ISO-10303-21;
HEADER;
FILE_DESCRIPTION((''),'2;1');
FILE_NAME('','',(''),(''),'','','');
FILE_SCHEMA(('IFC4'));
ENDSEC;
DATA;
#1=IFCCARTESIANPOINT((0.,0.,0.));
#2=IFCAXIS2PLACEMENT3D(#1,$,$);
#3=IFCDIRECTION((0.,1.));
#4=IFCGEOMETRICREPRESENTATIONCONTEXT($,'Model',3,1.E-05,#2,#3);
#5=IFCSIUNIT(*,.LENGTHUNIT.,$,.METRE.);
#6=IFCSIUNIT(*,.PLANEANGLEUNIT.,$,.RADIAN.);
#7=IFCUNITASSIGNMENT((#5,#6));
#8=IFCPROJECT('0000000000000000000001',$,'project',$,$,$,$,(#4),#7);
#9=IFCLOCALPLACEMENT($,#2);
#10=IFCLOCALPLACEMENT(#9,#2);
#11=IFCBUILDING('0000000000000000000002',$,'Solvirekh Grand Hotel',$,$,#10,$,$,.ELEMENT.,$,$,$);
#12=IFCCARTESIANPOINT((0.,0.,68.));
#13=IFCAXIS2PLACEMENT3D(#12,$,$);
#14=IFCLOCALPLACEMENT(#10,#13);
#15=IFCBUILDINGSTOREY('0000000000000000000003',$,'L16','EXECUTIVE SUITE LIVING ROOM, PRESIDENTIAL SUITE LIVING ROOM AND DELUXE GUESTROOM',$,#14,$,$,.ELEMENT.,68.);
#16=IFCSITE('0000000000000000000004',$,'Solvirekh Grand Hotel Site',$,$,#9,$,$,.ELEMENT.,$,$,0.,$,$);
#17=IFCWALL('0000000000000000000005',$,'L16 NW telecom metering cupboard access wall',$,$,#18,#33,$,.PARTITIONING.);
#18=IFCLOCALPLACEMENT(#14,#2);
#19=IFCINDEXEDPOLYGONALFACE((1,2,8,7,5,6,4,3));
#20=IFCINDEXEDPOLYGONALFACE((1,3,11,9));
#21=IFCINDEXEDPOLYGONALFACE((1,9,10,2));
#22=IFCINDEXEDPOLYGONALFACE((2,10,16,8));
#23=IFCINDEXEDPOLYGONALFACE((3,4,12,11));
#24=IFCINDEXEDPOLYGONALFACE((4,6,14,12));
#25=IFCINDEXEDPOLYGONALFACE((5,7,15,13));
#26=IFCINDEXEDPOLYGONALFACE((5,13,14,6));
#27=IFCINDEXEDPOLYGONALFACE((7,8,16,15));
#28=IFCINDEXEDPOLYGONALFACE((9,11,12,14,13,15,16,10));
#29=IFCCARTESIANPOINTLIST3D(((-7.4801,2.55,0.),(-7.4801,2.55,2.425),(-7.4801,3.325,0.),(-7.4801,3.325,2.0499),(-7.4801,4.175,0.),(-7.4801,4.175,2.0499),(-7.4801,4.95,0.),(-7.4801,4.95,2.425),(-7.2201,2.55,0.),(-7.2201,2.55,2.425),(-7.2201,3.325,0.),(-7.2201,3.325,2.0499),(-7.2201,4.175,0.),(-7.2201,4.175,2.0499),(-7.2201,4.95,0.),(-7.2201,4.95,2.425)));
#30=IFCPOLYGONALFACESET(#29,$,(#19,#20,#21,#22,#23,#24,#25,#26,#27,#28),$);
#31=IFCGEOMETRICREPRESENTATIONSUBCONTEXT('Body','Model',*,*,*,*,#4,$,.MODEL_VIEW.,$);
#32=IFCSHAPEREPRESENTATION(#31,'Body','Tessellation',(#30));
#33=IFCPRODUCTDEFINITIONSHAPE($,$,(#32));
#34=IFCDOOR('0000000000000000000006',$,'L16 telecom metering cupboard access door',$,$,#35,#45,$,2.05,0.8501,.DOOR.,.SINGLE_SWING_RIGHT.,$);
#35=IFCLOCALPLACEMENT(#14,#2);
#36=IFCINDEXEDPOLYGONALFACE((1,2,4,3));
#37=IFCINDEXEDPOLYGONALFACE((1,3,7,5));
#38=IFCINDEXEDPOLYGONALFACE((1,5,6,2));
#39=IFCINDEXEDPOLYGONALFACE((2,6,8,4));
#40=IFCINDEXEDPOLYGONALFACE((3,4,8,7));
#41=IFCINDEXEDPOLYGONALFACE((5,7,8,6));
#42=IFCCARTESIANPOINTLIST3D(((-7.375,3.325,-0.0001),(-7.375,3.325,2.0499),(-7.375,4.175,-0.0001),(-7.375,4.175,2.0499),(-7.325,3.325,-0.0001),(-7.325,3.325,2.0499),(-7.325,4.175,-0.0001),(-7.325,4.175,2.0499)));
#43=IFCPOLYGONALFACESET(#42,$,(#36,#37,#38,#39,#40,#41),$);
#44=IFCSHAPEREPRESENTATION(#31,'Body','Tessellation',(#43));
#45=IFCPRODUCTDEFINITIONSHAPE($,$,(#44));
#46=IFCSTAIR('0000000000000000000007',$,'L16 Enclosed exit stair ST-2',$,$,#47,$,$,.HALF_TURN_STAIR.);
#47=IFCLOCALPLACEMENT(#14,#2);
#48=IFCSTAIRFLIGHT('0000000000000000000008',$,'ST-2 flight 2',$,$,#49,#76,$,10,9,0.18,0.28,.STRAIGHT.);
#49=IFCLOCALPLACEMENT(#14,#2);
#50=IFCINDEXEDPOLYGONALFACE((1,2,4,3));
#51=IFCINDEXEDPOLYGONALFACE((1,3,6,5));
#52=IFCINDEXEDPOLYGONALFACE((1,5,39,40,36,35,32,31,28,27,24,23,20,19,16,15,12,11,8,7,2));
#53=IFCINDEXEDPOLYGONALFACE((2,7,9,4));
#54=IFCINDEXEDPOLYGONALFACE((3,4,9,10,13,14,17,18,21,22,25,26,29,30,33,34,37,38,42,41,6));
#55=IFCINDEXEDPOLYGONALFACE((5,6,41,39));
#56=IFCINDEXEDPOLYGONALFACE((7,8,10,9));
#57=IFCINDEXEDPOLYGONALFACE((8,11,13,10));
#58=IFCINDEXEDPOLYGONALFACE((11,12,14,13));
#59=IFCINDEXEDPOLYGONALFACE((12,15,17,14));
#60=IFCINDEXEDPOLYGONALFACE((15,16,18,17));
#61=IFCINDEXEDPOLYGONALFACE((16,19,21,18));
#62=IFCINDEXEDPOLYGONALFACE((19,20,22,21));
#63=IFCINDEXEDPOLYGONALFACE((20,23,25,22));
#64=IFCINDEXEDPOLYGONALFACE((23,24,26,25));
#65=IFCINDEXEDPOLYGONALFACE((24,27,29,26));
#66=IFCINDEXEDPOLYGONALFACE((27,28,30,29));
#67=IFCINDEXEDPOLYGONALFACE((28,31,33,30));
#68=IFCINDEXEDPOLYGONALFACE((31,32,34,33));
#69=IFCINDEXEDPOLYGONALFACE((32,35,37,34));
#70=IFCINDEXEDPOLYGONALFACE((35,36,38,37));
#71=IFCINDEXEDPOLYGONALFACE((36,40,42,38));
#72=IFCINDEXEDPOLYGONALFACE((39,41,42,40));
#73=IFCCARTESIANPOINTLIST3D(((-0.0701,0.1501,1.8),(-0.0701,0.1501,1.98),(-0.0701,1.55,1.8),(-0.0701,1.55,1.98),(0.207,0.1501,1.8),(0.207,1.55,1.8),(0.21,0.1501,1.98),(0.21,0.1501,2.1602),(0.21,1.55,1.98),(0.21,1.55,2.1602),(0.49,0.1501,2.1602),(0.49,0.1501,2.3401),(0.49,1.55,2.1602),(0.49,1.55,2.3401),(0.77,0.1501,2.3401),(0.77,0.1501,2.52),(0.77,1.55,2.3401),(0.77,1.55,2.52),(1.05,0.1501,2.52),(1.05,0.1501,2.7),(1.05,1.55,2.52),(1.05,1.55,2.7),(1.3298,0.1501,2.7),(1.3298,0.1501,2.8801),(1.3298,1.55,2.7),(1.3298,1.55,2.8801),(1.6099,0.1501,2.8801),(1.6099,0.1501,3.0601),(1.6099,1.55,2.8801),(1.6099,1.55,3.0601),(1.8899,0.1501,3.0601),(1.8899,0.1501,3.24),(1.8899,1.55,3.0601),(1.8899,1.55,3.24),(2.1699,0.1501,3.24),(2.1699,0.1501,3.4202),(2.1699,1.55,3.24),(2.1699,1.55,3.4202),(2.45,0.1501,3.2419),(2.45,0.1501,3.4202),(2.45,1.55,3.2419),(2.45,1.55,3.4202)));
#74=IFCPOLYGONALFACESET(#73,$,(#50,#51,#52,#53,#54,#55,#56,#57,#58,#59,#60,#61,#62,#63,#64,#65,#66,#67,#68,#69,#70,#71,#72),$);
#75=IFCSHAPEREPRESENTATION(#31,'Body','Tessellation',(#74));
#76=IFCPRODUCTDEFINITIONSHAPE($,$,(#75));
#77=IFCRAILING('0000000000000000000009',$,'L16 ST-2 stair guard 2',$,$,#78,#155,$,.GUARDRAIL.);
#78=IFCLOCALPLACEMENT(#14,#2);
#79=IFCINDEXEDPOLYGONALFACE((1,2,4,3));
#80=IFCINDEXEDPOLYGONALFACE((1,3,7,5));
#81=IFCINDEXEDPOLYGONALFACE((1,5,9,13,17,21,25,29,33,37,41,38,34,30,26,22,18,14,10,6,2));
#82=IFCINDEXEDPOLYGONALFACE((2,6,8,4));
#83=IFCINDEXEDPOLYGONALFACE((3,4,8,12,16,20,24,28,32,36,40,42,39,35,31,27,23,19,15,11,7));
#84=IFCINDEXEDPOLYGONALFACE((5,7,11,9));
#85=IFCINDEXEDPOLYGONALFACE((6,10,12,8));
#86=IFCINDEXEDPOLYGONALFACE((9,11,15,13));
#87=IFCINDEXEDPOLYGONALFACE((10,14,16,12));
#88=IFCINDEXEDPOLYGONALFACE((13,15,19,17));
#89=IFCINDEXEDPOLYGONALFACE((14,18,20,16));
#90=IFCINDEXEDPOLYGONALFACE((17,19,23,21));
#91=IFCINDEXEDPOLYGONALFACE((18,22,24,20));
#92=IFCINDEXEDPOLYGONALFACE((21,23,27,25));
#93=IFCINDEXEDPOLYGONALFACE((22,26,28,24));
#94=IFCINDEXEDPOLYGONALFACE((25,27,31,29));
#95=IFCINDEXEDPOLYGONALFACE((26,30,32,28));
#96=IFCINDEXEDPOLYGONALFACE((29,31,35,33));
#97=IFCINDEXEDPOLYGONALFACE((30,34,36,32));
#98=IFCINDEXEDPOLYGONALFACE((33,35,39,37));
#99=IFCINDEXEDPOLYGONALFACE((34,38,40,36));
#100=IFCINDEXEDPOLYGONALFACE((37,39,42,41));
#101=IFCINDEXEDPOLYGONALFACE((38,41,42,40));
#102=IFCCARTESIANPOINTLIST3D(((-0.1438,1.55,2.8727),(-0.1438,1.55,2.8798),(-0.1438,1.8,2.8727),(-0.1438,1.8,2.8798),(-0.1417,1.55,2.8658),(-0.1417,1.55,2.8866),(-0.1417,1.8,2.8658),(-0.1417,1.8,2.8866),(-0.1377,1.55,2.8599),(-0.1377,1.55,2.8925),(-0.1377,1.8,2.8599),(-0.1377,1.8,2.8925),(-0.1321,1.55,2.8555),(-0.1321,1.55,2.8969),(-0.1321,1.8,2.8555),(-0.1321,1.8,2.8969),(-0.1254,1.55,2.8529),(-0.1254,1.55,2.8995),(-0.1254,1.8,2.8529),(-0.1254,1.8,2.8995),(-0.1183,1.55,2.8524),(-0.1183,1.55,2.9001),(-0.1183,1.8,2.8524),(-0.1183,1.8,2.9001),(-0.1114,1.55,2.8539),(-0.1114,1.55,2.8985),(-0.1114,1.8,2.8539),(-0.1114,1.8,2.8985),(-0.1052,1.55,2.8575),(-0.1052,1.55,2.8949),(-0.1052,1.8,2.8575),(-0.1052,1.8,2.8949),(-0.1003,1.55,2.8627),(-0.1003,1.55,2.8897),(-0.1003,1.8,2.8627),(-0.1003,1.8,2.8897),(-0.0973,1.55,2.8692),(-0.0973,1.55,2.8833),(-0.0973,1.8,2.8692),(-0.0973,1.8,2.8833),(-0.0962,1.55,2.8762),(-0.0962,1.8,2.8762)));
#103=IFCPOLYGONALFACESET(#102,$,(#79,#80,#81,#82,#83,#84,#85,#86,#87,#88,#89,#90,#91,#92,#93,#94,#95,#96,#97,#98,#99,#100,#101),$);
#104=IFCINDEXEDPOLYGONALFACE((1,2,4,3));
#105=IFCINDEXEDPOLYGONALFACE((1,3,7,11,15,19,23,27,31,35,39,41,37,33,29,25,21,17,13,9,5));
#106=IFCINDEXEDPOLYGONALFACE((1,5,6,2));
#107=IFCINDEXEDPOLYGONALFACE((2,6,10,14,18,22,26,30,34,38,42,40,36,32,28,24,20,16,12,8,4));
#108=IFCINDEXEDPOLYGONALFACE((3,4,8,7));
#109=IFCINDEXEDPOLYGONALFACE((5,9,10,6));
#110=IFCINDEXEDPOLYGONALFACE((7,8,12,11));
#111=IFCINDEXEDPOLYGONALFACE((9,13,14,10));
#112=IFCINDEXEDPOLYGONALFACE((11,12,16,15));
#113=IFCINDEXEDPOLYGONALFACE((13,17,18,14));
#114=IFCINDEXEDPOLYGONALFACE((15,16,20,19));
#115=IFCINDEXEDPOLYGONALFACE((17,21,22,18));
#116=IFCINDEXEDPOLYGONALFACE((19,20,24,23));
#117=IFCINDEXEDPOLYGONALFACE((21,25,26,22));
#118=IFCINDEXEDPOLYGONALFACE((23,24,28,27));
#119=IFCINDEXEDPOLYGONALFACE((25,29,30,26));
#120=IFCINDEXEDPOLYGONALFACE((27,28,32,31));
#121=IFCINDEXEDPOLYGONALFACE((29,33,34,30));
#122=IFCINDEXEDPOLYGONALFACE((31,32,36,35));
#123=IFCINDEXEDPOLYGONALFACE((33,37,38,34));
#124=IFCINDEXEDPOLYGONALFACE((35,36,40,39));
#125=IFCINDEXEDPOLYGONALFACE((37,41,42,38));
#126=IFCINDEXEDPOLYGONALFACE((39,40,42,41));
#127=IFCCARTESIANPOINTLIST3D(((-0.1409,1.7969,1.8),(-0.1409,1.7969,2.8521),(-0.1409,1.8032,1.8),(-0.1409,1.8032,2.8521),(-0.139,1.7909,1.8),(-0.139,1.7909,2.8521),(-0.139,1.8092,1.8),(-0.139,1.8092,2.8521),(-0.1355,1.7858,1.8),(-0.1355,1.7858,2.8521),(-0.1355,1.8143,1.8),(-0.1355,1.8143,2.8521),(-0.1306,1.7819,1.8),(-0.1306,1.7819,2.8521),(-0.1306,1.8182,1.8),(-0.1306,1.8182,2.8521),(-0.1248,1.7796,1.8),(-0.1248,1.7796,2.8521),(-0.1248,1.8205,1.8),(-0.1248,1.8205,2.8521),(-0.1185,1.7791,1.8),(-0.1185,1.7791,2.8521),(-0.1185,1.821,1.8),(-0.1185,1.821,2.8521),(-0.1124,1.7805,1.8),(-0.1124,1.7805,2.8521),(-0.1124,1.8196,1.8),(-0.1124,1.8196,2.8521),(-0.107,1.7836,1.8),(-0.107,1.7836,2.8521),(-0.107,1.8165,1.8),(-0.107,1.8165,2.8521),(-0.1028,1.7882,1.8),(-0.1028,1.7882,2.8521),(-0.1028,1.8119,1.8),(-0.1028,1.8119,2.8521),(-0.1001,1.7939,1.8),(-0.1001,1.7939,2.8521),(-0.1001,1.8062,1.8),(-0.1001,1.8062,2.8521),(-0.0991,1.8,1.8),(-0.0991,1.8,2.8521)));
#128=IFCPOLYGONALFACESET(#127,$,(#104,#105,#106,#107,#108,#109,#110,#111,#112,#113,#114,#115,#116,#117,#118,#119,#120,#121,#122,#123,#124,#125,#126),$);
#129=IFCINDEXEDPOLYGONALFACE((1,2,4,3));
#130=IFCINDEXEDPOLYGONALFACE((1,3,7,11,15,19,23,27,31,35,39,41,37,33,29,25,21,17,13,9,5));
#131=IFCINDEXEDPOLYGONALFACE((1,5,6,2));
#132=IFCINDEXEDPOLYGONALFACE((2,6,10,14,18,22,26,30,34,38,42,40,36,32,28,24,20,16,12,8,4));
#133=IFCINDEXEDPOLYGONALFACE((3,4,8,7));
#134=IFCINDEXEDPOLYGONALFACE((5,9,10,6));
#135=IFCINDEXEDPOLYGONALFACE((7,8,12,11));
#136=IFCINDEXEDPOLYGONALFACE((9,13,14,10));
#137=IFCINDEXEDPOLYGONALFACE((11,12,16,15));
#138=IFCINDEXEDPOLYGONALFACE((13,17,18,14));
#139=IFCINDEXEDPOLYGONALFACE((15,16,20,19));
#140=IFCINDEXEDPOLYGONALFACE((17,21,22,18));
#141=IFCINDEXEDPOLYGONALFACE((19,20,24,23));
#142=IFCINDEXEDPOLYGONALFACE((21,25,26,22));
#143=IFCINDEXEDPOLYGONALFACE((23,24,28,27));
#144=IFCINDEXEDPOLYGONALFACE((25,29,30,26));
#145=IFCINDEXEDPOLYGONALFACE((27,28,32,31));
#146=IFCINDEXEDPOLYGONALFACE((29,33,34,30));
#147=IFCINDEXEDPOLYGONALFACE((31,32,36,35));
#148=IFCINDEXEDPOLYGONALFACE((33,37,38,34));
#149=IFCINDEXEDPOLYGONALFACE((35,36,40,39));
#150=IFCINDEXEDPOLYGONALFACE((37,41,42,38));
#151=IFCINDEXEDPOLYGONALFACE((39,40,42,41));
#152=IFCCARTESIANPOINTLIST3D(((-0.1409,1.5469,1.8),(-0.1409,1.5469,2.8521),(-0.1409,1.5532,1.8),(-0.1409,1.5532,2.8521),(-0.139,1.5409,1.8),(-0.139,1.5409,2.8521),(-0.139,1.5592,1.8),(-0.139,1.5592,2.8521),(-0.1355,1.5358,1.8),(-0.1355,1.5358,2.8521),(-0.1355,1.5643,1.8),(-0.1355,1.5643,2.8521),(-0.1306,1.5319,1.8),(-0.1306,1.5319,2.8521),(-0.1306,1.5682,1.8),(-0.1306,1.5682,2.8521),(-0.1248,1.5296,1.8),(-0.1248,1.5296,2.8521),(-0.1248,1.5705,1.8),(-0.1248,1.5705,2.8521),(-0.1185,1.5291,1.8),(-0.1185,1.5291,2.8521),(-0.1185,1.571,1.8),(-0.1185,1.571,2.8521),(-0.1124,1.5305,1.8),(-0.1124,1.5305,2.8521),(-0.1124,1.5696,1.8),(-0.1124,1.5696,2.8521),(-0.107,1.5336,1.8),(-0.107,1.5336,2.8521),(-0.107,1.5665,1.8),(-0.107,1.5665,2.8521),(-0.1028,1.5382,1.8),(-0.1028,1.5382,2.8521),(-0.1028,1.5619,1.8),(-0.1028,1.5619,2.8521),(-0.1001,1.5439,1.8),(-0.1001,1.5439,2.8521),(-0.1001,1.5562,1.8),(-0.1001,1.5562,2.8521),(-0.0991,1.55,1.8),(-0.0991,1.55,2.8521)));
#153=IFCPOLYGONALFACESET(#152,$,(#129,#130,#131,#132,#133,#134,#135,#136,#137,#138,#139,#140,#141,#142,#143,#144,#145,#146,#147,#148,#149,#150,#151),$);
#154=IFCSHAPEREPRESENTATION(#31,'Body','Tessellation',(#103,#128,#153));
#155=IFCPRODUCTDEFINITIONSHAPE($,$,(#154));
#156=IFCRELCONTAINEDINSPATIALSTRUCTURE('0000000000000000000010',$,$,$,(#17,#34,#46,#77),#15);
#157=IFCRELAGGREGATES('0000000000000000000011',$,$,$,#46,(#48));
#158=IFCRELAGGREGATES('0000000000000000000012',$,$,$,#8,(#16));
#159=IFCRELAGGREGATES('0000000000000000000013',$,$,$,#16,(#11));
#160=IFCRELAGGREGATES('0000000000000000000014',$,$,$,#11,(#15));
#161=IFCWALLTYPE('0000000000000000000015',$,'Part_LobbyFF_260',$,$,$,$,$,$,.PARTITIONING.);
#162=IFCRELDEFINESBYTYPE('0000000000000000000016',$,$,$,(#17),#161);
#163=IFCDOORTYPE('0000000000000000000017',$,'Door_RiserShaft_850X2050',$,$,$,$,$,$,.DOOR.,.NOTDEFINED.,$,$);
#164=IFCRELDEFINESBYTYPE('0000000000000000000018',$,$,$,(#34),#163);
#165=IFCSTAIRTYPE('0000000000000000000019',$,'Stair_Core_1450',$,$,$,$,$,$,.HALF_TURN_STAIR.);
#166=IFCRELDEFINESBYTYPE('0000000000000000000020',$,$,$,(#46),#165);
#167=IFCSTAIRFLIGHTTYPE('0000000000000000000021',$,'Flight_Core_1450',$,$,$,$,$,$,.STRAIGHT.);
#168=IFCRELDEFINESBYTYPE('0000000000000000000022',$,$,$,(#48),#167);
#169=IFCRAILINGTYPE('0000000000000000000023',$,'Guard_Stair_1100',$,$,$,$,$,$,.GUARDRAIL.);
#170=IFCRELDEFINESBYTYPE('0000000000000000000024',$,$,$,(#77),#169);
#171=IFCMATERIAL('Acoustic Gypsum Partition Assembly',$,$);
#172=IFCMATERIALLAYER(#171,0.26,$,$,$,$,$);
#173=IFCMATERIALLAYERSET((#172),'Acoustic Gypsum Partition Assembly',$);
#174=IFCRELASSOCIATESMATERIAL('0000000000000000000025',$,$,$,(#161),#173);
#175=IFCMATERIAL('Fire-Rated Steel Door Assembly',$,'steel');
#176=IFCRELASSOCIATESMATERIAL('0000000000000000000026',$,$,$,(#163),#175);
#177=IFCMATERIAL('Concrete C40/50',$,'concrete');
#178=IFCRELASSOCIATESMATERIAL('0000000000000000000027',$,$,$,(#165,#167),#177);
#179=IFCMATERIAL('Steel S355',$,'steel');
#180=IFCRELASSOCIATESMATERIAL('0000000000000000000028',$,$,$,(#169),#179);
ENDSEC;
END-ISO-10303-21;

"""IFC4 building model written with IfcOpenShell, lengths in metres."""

from ifc_helpers import new_model, si_unit, direction, frame, frame_2d, origin, origin_2d, place, context, subcontext, project, spatial, polyline, rectangle, circle, outline, extrude, material, layer, layer_set, type_object, element, fill, aggregate, save


model = new_model("IFC4")

# Units and contexts
model_context = context("Model", 3, precision=1e-05, world=origin(), true_north=direction((0.0, 1.0)))
body_context = subcontext(model_context, "Body", "Model", "MODEL_VIEW")
ifc_project = project(units=[si_unit("LENGTHUNIT", "METRE"), si_unit("PLANEANGLEUNIT", "RADIAN")], contexts=[model_context])

# Site, building, storey
site_placement = place(None, origin())
site = spatial("IfcSite", under=ifc_project, at=site_placement, Name="Solvirekh Grand Hotel Site", CompositionType="ELEMENT", RefElevation=0.0)
building_placement = place(site_placement, origin())
building = spatial("IfcBuilding", under=site, at=building_placement, Name="Solvirekh Grand Hotel", CompositionType="ELEMENT")
storey_placement = place(building_placement, frame((0.0, 0.0, 68.0)))
storey = spatial("IfcBuildingStorey", under=building, at=storey_placement, Name="L16", Description="EXECUTIVE SUITE LIVING ROOM, PRESIDENTIAL SUITE LIVING ROOM AND DELUXE GUESTROOM", CompositionType="ELEMENT", Elevation=68.0)

# Shared definitions
ifc_material_1 = material(Name="Concrete C40/50", Category="concrete")

# Shared definitions
ifc_material_2 = material(Name="Fire-Rated Steel Door Assembly", Category="steel")

# Shared definitions
ifc_material_3 = material(Name="Acoustic Gypsum Partition Assembly")
ifc_layer_1 = layer(ifc_material_3, 0.26)
ifc_layer_set_1 = layer_set([ifc_layer_1], Name="Acoustic Gypsum Partition Assembly")
wall_type_1 = type_object("IfcWallType", Name="Part_LobbyFF_260", PredefinedType="PARTITIONING", material=ifc_layer_set_1)

# Wall, opening, door
wall_1_placement = place(storey_placement, frame((-7.3501, 2.55, 0.0), z_axis=(0.0, 0.0, 1.0), x_axis=(0.0, 1.0, 0.0)))
wall_1 = element("IfcWall", 1, at=wall_1_placement, inside=storey, type_object=wall_type_1, Name="L16 NW telecom metering cupboard access wall", PredefinedType="PARTITIONING", context=body_context, shape_type="SweptSolid", body=[
    extrude(rectangle(XDim=2.3999, YDim=0.26, at=frame_2d((1.2, 0.0))), origin(), (0.0, 0.0, 1.0), 2.425),
])
opening_1_placement = place(wall_1_placement, frame((0.7749, 0.0, 0.0)))
opening_1 = element("IfcOpeningElement", 2, at=opening_1_placement, cuts=wall_1, PredefinedType="OPENING", context=body_context, shape_type="SweptSolid", body=[
    extrude(rectangle(XDim=0.8501, YDim=2.05, at=frame_2d((0.425, 1.0249))), frame((0.0, 0.1401, 0.0), z_axis=(0.0, -1.0, 0.0), x_axis=(1.0, 0.0, 0.0)), (0.0, 0.0, 1.0), 0.28),
])
door_type_1 = type_object("IfcDoorType", Name="Door_RiserShaft_850X2050", OperationType="NOTDEFINED", PredefinedType="DOOR", material=ifc_material_2)
door_1_placement = place(opening_1_placement, origin())
door_1 = element("IfcDoor", 3, at=door_1_placement, inside=storey, type_object=door_type_1, Name="L16 telecom metering cupboard access door", OperationType="SINGLE_SWING_RIGHT", OverallHeight=2.05, OverallWidth=0.8501, PredefinedType="DOOR", context=body_context, shape_type="SweptSolid", body=[
    extrude(rectangle(XDim=0.8501, YDim=2.05, at=frame_2d((0.425, 1.0249))), frame((0.0, 0.0249, 0.0), z_axis=(0.0, -1.0, 0.0), x_axis=(1.0, 0.0, 0.0)), (0.0, 0.0, 1.0), 0.05),
])
fill(opening_1, door_1)

# Stair, stair flight
stair_type = type_object("IfcStairType", Name="Stair_Core_1450", PredefinedType="HALF_TURN_STAIR", material=ifc_material_1)
stair_placement = place(storey_placement, origin())
stair = element("IfcStair", 4, at=stair_placement, inside=storey, type_object=stair_type, Name="L16 Enclosed exit stair ST-2", PredefinedType="HALF_TURN_STAIR")
stair_flight_type = type_object("IfcStairFlightType", Name="Flight_Core_1450", PredefinedType="STRAIGHT", material=ifc_material_1)
stair_flight_placement = place(storey_placement, frame((-0.0701, 0.8501, 1.8), z_axis=(0.0, 0.0, 1.0), x_axis=(1.0, 0.0, 0.0)))
stair_flight = element("IfcStairFlight", 5, at=stair_flight_placement, type_object=stair_flight_type, Name="ST-2 flight 2", NumberOfRisers=10, NumberOfTreads=9, PredefinedType="STRAIGHT", RiserHeight=0.18, TreadLength=0.28, context=body_context, shape_type="SweptSolid", body=[
    extrude(outline(polyline([(0.0, 0.0), (0.0, 0.1799), (0.28, 0.1799), (0.28, 0.3601), (0.5601, 0.3601), (0.5601, 0.54), (0.8401, 0.54), (0.8401, 0.72), (1.1201, 0.72), (1.1201, 0.8999), (1.3999, 0.8999), (1.3999, 1.0801), (1.6799, 1.0801), (1.6799, 1.26), (1.96, 1.26), (1.96, 1.4399), (2.24, 1.4399), (2.24, 1.6201), (2.52, 1.6201), (2.52, 1.8), (2.52, 1.4419), (0.2771, 0.0), (0.0, 0.0)])), frame((0.0, 0.7, 0.0), z_axis=(0.0, -1.0, 0.0), x_axis=(1.0, 0.0, 0.0)), (0.0, 0.0, 1.0), 1.3999),
])
aggregate(stair, [stair_flight])

# Railing
ifc_material_4 = material(Name="Steel S355", Category="steel")
railing_type_1 = type_object("IfcRailingType", Name="Guard_Stair_1100", PredefinedType="GUARDRAIL", material=ifc_material_4)
railing_1_placement = place(storey_placement, frame((-0.1201, 1.8, 1.8)))
element("IfcRailing", 6, at=railing_1_placement, inside=storey, type_object=railing_type_1, Name="L16 ST-2 stair guard 2", PredefinedType="GUARDRAIL", context=body_context, shape_type="SweptSolid", body=[
    extrude(circle(Radius=0.0239, at=origin_2d()), frame((0.0, 0.0, 1.0762), z_axis=(0.0, -1.0, 0.0), x_axis=(1.0, 0.0, 0.0)), (0.0, 0.0, 1.0), 0.25),
    extrude(circle(Radius=0.021, at=origin_2d()), origin(), (0.0, 0.0, 1.0), 1.052),
    extrude(circle(Radius=0.021, at=origin_2d()), frame((0.0, -0.25, 0.0)), (0.0, 0.0, 1.0), 1.052),
])

save(model, "model.ifc")
